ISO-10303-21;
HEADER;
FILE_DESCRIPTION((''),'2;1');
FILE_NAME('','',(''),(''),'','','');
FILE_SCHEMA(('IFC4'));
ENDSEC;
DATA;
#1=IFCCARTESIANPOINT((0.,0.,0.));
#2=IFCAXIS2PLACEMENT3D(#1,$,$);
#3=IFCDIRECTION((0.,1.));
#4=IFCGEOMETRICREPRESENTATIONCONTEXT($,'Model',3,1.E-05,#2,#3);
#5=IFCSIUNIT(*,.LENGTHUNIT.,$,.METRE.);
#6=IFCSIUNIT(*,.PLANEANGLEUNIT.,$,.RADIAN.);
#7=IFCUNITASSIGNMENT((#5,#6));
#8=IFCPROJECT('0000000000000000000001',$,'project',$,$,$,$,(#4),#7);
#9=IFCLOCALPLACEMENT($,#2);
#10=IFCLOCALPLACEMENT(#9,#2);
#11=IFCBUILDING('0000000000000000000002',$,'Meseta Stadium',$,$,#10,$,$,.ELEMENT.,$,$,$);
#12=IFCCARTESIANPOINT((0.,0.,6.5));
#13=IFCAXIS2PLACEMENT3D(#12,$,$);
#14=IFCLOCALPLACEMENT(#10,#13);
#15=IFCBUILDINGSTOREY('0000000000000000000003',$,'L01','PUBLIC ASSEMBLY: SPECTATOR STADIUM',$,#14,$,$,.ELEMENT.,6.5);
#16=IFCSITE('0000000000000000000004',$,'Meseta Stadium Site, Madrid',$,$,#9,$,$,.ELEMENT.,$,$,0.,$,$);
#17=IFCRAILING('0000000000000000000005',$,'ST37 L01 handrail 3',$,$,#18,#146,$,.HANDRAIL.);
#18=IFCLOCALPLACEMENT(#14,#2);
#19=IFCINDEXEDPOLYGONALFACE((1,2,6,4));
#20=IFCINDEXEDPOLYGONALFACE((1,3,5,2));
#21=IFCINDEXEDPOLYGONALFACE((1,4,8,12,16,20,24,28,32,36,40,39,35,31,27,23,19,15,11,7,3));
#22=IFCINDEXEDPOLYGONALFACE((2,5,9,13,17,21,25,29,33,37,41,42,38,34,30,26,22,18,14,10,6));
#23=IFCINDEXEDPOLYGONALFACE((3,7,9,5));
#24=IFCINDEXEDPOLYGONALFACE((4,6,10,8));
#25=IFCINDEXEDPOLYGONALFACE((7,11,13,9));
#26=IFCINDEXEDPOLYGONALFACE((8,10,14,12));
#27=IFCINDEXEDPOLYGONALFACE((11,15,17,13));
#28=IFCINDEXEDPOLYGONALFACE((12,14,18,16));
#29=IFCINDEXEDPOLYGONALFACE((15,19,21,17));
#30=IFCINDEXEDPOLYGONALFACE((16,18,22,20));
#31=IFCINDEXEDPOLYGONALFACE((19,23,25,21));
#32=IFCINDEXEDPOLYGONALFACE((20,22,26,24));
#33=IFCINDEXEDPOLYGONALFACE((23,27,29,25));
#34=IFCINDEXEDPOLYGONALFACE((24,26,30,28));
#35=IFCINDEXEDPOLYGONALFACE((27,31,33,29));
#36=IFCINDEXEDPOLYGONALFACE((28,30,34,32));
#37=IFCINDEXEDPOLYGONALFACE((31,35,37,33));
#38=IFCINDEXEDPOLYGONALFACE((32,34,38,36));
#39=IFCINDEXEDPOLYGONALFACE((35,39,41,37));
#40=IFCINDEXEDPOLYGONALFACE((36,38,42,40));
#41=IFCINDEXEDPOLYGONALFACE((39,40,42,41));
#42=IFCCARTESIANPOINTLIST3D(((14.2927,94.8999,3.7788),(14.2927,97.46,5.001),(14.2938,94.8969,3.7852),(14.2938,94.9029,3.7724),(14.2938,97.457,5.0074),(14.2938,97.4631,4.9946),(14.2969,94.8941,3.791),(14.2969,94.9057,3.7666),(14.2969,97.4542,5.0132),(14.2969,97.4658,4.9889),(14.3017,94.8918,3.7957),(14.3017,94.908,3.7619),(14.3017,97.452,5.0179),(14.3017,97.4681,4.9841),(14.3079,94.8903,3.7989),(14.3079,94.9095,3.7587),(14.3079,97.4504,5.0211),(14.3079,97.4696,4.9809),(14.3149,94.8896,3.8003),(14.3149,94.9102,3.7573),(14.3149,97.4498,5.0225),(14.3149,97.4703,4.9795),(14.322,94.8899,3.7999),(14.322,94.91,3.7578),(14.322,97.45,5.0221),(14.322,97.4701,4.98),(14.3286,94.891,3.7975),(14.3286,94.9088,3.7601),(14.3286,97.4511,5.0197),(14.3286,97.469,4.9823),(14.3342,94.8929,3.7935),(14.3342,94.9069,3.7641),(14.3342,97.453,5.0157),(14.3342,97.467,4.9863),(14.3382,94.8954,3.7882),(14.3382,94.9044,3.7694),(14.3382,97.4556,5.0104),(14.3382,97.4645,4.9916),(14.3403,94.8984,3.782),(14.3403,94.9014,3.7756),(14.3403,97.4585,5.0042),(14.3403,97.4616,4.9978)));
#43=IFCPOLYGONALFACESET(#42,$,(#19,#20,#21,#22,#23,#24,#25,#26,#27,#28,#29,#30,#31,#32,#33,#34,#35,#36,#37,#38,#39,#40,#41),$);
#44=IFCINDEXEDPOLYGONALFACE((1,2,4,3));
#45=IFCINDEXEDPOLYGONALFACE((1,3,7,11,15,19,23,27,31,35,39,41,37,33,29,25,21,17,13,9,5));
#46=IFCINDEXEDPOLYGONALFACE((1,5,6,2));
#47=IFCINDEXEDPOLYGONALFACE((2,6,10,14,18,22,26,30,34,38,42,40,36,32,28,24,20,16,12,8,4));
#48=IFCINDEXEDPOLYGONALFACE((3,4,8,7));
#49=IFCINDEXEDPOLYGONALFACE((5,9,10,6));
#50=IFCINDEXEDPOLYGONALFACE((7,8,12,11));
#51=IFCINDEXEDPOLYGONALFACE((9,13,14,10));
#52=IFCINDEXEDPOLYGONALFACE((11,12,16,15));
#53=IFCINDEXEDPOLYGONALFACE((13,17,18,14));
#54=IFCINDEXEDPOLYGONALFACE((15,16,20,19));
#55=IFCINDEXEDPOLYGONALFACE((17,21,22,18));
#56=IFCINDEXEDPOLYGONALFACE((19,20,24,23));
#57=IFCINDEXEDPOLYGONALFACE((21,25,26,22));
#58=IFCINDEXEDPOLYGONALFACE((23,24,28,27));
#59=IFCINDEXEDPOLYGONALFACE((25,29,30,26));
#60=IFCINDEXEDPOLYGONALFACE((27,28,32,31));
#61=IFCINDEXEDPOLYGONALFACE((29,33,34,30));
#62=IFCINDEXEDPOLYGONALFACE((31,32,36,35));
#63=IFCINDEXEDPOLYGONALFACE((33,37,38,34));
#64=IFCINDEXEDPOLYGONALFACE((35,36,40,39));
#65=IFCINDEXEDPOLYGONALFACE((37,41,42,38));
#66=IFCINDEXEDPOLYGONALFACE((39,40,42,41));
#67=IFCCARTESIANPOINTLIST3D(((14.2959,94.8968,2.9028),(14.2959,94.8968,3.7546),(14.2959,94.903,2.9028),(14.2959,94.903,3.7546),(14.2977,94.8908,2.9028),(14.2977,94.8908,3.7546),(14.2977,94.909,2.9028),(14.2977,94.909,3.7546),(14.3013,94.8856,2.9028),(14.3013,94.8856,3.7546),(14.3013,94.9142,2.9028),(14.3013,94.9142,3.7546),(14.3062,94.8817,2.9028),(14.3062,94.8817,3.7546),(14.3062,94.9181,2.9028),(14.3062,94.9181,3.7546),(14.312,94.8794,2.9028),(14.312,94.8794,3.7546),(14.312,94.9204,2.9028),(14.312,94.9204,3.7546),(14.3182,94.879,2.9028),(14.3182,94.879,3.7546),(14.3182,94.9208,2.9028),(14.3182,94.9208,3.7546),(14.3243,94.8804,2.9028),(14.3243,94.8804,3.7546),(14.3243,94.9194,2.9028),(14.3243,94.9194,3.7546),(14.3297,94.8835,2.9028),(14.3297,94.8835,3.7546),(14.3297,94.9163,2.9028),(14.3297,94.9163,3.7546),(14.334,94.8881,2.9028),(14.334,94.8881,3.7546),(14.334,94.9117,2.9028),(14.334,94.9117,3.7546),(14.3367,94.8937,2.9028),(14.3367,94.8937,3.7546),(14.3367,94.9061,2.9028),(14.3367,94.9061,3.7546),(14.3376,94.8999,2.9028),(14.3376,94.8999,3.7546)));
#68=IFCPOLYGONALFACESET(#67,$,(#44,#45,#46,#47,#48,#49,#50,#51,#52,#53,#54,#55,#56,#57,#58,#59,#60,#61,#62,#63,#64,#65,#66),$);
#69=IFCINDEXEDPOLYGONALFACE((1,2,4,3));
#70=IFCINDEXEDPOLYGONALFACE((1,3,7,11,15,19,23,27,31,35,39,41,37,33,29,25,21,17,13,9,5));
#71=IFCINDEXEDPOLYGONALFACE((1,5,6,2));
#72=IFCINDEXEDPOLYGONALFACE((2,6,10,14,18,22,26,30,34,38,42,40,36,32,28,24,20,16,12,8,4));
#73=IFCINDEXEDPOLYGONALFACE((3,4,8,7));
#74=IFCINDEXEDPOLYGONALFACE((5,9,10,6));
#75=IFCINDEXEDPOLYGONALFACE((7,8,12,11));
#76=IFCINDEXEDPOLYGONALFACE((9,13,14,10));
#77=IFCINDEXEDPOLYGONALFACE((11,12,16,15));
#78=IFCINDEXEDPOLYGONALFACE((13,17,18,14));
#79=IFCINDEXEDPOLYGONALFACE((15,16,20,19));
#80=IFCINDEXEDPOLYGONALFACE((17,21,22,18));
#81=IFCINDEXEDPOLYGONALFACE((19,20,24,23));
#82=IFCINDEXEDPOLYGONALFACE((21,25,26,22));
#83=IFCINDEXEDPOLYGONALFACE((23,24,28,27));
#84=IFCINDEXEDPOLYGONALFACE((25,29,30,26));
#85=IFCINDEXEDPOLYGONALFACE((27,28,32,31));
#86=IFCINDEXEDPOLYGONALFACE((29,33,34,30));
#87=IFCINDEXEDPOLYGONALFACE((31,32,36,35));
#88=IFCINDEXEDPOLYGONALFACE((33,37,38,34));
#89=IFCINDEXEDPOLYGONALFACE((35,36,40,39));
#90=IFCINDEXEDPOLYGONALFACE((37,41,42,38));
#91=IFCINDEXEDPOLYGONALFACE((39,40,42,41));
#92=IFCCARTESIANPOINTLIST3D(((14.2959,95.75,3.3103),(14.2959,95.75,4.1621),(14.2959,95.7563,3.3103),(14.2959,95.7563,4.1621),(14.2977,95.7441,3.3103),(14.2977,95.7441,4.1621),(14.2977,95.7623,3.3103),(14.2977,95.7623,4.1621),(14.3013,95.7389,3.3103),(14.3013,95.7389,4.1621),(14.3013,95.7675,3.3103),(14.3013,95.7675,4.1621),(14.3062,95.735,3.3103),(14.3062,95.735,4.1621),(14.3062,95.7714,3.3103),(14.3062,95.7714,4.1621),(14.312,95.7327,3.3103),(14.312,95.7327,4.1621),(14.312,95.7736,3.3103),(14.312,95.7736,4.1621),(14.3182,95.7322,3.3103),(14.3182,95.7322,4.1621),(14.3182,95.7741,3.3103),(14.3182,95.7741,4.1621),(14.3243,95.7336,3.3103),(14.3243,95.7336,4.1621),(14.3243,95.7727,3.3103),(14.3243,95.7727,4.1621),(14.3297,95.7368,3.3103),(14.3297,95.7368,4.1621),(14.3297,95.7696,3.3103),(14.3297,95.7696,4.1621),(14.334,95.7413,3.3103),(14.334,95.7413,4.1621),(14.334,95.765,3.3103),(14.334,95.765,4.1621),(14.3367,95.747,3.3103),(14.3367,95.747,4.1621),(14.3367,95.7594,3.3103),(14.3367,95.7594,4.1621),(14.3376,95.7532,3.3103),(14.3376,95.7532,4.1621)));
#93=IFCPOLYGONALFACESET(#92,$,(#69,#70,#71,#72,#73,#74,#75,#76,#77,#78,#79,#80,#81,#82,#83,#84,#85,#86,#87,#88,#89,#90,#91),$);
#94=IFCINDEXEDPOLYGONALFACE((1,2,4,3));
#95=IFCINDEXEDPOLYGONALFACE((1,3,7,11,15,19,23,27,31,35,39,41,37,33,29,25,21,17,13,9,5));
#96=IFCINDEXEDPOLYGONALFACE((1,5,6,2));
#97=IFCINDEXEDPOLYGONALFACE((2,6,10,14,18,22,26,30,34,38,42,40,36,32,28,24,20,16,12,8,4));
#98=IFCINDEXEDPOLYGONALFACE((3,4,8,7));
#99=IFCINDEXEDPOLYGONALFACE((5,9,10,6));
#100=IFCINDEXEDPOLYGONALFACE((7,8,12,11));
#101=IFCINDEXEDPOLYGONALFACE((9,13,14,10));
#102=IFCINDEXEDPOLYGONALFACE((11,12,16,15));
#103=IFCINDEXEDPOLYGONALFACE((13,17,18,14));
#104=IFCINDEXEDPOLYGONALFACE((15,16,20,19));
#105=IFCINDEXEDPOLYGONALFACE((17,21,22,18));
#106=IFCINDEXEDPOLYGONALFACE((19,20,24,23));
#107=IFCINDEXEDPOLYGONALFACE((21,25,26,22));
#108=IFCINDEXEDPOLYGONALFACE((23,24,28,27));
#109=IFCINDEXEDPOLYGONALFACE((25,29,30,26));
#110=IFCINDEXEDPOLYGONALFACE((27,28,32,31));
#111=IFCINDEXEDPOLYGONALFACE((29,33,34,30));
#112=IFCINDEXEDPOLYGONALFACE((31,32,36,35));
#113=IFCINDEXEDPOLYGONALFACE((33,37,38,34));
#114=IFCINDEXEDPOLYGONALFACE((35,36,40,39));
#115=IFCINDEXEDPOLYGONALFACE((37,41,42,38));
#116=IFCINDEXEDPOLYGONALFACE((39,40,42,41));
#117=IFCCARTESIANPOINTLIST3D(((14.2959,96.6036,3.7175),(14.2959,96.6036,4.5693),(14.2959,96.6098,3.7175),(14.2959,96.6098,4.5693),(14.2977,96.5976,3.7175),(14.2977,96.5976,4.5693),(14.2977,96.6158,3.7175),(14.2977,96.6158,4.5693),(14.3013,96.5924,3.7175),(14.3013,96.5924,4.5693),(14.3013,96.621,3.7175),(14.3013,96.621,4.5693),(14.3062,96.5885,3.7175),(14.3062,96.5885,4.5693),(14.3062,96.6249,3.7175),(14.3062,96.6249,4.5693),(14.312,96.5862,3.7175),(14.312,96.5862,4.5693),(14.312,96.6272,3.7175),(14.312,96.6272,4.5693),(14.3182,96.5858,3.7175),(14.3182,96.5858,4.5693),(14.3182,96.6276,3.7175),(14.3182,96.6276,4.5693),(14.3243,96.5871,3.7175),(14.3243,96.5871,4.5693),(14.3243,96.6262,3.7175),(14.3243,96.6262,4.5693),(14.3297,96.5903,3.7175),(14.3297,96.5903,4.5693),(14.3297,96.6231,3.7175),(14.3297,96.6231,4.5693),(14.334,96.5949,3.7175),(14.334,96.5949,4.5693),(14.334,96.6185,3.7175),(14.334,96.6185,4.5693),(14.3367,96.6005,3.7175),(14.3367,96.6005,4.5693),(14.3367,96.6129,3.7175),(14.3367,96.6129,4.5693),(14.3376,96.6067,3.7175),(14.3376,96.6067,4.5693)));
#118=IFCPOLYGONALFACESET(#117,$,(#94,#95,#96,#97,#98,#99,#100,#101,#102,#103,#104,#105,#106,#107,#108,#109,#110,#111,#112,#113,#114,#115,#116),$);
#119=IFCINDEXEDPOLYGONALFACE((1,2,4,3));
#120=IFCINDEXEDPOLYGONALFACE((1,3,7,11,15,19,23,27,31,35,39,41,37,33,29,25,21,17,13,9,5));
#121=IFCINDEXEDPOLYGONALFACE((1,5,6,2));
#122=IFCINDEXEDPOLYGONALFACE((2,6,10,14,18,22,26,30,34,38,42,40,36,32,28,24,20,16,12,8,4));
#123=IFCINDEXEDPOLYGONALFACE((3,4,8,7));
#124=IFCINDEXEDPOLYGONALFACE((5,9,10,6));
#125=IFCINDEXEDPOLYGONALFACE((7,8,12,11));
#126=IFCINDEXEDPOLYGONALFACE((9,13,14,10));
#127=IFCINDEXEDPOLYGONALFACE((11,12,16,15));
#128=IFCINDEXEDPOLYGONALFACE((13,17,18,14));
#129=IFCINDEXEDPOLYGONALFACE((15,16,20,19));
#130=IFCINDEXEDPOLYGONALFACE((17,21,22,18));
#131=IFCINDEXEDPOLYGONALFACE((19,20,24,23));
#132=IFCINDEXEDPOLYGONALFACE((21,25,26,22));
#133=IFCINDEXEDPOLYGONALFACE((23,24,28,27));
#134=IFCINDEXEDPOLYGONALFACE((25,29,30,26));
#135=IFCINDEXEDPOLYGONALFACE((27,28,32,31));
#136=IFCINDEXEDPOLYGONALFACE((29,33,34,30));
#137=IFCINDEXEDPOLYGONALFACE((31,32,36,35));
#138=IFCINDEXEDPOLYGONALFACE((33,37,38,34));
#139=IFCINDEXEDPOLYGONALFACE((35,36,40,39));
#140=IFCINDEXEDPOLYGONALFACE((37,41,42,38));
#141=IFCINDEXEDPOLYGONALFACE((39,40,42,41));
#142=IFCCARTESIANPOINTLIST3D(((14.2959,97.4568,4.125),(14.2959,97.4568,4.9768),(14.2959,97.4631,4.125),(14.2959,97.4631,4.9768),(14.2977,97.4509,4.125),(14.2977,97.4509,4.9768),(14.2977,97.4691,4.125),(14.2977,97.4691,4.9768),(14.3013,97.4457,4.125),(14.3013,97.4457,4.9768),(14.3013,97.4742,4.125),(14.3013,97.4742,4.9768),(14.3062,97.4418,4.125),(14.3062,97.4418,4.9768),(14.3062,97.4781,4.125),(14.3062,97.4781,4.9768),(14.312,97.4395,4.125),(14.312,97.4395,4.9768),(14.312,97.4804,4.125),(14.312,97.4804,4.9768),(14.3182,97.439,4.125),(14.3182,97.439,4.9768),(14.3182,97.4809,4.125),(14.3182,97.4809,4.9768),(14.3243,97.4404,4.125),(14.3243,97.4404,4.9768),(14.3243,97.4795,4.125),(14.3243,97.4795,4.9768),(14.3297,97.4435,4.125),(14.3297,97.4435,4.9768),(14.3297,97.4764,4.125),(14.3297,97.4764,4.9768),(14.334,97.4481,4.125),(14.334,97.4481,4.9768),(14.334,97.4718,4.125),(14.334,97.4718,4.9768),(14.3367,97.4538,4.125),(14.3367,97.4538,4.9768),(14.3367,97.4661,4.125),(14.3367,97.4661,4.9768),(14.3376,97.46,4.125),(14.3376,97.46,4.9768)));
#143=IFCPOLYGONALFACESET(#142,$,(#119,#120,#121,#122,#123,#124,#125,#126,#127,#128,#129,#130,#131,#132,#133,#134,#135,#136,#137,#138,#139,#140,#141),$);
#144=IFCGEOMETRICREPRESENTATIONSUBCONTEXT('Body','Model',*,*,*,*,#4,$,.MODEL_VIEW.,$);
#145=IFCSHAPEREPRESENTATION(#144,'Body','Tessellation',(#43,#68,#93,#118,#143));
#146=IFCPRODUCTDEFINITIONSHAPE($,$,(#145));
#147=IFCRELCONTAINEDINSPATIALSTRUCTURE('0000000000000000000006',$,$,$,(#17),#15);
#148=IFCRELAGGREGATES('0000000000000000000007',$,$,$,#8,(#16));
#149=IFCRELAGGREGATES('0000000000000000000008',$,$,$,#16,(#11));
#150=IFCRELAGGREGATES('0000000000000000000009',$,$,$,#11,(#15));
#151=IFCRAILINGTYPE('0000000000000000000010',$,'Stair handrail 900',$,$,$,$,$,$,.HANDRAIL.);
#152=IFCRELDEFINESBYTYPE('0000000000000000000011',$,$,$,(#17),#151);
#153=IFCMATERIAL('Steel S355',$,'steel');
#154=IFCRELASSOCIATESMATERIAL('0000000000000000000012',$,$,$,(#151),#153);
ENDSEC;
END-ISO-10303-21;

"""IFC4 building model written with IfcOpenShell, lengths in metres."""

from ifc_helpers import new_model, si_unit, direction, frame, origin, origin_2d, place, context, subcontext, project, spatial, circle, extrude, material, type_object, element, save


model = new_model("IFC4")

# Units and contexts
model_context = context("Model", 3, precision=1e-05, world=origin(), true_north=direction((0.0, 1.0)))
body_context = subcontext(model_context, "Body", "Model", "MODEL_VIEW")
ifc_project = project(units=[si_unit("LENGTHUNIT", "METRE"), si_unit("PLANEANGLEUNIT", "RADIAN")], contexts=[model_context])

# Site, building, storey
site_placement = place(None, origin())
site = spatial("IfcSite", under=ifc_project, at=site_placement, Name="Meseta Stadium Site, Madrid", CompositionType="ELEMENT", RefElevation=0.0)
building_placement = place(site_placement, origin())
building = spatial("IfcBuilding", under=site, at=building_placement, Name="Meseta Stadium", CompositionType="ELEMENT")
storey_placement = place(building_placement, frame((0.0, 0.0, 6.5)))
storey = spatial("IfcBuildingStorey", under=building, at=storey_placement, Name="L01", Description="PUBLIC ASSEMBLY: SPECTATOR STADIUM", CompositionType="ELEMENT", Elevation=6.5)

# Railing
ifc_material_1 = material(Name="Steel S355", Category="steel")
railing_type_1 = type_object("IfcRailingType", Name="Stair handrail 900", PredefinedType="HANDRAIL", material=ifc_material_1)
railing_1_placement = place(storey_placement, frame((14.3167, 94.8999, 2.9028)))
element("IfcRailing", 1, at=railing_1_placement, inside=storey, type_object=railing_type_1, Name="ST37 L01 handrail 3", PredefinedType="HANDRAIL", context=body_context, shape_type="SweptSolid", body=[
    extrude(circle(Radius=0.0239, at=origin_2d()), frame((0.0, 0.0, 0.876), z_axis=(0.0, 0.902437, 0.430822), x_axis=(-1.0, 0.0, 0.0)), (0.0, 0.0, 1.0), 2.8369),
    extrude(circle(Radius=0.021, at=origin_2d()), origin(), (0.0, 0.0, 1.0), 0.8518),
    extrude(circle(Radius=0.021, at=origin_2d()), frame((0.0, 0.8533, 0.4075)), (0.0, 0.0, 1.0), 0.8518),
    extrude(circle(Radius=0.021, at=origin_2d()), frame((0.0, 1.7068, 0.8147)), (0.0, 0.0, 1.0), 0.8518),
    extrude(circle(Radius=0.021, at=origin_2d()), frame((0.0, 2.5601, 1.2222)), (0.0, 0.0, 1.0), 0.8518),
])

save(model, "model.ifc")
